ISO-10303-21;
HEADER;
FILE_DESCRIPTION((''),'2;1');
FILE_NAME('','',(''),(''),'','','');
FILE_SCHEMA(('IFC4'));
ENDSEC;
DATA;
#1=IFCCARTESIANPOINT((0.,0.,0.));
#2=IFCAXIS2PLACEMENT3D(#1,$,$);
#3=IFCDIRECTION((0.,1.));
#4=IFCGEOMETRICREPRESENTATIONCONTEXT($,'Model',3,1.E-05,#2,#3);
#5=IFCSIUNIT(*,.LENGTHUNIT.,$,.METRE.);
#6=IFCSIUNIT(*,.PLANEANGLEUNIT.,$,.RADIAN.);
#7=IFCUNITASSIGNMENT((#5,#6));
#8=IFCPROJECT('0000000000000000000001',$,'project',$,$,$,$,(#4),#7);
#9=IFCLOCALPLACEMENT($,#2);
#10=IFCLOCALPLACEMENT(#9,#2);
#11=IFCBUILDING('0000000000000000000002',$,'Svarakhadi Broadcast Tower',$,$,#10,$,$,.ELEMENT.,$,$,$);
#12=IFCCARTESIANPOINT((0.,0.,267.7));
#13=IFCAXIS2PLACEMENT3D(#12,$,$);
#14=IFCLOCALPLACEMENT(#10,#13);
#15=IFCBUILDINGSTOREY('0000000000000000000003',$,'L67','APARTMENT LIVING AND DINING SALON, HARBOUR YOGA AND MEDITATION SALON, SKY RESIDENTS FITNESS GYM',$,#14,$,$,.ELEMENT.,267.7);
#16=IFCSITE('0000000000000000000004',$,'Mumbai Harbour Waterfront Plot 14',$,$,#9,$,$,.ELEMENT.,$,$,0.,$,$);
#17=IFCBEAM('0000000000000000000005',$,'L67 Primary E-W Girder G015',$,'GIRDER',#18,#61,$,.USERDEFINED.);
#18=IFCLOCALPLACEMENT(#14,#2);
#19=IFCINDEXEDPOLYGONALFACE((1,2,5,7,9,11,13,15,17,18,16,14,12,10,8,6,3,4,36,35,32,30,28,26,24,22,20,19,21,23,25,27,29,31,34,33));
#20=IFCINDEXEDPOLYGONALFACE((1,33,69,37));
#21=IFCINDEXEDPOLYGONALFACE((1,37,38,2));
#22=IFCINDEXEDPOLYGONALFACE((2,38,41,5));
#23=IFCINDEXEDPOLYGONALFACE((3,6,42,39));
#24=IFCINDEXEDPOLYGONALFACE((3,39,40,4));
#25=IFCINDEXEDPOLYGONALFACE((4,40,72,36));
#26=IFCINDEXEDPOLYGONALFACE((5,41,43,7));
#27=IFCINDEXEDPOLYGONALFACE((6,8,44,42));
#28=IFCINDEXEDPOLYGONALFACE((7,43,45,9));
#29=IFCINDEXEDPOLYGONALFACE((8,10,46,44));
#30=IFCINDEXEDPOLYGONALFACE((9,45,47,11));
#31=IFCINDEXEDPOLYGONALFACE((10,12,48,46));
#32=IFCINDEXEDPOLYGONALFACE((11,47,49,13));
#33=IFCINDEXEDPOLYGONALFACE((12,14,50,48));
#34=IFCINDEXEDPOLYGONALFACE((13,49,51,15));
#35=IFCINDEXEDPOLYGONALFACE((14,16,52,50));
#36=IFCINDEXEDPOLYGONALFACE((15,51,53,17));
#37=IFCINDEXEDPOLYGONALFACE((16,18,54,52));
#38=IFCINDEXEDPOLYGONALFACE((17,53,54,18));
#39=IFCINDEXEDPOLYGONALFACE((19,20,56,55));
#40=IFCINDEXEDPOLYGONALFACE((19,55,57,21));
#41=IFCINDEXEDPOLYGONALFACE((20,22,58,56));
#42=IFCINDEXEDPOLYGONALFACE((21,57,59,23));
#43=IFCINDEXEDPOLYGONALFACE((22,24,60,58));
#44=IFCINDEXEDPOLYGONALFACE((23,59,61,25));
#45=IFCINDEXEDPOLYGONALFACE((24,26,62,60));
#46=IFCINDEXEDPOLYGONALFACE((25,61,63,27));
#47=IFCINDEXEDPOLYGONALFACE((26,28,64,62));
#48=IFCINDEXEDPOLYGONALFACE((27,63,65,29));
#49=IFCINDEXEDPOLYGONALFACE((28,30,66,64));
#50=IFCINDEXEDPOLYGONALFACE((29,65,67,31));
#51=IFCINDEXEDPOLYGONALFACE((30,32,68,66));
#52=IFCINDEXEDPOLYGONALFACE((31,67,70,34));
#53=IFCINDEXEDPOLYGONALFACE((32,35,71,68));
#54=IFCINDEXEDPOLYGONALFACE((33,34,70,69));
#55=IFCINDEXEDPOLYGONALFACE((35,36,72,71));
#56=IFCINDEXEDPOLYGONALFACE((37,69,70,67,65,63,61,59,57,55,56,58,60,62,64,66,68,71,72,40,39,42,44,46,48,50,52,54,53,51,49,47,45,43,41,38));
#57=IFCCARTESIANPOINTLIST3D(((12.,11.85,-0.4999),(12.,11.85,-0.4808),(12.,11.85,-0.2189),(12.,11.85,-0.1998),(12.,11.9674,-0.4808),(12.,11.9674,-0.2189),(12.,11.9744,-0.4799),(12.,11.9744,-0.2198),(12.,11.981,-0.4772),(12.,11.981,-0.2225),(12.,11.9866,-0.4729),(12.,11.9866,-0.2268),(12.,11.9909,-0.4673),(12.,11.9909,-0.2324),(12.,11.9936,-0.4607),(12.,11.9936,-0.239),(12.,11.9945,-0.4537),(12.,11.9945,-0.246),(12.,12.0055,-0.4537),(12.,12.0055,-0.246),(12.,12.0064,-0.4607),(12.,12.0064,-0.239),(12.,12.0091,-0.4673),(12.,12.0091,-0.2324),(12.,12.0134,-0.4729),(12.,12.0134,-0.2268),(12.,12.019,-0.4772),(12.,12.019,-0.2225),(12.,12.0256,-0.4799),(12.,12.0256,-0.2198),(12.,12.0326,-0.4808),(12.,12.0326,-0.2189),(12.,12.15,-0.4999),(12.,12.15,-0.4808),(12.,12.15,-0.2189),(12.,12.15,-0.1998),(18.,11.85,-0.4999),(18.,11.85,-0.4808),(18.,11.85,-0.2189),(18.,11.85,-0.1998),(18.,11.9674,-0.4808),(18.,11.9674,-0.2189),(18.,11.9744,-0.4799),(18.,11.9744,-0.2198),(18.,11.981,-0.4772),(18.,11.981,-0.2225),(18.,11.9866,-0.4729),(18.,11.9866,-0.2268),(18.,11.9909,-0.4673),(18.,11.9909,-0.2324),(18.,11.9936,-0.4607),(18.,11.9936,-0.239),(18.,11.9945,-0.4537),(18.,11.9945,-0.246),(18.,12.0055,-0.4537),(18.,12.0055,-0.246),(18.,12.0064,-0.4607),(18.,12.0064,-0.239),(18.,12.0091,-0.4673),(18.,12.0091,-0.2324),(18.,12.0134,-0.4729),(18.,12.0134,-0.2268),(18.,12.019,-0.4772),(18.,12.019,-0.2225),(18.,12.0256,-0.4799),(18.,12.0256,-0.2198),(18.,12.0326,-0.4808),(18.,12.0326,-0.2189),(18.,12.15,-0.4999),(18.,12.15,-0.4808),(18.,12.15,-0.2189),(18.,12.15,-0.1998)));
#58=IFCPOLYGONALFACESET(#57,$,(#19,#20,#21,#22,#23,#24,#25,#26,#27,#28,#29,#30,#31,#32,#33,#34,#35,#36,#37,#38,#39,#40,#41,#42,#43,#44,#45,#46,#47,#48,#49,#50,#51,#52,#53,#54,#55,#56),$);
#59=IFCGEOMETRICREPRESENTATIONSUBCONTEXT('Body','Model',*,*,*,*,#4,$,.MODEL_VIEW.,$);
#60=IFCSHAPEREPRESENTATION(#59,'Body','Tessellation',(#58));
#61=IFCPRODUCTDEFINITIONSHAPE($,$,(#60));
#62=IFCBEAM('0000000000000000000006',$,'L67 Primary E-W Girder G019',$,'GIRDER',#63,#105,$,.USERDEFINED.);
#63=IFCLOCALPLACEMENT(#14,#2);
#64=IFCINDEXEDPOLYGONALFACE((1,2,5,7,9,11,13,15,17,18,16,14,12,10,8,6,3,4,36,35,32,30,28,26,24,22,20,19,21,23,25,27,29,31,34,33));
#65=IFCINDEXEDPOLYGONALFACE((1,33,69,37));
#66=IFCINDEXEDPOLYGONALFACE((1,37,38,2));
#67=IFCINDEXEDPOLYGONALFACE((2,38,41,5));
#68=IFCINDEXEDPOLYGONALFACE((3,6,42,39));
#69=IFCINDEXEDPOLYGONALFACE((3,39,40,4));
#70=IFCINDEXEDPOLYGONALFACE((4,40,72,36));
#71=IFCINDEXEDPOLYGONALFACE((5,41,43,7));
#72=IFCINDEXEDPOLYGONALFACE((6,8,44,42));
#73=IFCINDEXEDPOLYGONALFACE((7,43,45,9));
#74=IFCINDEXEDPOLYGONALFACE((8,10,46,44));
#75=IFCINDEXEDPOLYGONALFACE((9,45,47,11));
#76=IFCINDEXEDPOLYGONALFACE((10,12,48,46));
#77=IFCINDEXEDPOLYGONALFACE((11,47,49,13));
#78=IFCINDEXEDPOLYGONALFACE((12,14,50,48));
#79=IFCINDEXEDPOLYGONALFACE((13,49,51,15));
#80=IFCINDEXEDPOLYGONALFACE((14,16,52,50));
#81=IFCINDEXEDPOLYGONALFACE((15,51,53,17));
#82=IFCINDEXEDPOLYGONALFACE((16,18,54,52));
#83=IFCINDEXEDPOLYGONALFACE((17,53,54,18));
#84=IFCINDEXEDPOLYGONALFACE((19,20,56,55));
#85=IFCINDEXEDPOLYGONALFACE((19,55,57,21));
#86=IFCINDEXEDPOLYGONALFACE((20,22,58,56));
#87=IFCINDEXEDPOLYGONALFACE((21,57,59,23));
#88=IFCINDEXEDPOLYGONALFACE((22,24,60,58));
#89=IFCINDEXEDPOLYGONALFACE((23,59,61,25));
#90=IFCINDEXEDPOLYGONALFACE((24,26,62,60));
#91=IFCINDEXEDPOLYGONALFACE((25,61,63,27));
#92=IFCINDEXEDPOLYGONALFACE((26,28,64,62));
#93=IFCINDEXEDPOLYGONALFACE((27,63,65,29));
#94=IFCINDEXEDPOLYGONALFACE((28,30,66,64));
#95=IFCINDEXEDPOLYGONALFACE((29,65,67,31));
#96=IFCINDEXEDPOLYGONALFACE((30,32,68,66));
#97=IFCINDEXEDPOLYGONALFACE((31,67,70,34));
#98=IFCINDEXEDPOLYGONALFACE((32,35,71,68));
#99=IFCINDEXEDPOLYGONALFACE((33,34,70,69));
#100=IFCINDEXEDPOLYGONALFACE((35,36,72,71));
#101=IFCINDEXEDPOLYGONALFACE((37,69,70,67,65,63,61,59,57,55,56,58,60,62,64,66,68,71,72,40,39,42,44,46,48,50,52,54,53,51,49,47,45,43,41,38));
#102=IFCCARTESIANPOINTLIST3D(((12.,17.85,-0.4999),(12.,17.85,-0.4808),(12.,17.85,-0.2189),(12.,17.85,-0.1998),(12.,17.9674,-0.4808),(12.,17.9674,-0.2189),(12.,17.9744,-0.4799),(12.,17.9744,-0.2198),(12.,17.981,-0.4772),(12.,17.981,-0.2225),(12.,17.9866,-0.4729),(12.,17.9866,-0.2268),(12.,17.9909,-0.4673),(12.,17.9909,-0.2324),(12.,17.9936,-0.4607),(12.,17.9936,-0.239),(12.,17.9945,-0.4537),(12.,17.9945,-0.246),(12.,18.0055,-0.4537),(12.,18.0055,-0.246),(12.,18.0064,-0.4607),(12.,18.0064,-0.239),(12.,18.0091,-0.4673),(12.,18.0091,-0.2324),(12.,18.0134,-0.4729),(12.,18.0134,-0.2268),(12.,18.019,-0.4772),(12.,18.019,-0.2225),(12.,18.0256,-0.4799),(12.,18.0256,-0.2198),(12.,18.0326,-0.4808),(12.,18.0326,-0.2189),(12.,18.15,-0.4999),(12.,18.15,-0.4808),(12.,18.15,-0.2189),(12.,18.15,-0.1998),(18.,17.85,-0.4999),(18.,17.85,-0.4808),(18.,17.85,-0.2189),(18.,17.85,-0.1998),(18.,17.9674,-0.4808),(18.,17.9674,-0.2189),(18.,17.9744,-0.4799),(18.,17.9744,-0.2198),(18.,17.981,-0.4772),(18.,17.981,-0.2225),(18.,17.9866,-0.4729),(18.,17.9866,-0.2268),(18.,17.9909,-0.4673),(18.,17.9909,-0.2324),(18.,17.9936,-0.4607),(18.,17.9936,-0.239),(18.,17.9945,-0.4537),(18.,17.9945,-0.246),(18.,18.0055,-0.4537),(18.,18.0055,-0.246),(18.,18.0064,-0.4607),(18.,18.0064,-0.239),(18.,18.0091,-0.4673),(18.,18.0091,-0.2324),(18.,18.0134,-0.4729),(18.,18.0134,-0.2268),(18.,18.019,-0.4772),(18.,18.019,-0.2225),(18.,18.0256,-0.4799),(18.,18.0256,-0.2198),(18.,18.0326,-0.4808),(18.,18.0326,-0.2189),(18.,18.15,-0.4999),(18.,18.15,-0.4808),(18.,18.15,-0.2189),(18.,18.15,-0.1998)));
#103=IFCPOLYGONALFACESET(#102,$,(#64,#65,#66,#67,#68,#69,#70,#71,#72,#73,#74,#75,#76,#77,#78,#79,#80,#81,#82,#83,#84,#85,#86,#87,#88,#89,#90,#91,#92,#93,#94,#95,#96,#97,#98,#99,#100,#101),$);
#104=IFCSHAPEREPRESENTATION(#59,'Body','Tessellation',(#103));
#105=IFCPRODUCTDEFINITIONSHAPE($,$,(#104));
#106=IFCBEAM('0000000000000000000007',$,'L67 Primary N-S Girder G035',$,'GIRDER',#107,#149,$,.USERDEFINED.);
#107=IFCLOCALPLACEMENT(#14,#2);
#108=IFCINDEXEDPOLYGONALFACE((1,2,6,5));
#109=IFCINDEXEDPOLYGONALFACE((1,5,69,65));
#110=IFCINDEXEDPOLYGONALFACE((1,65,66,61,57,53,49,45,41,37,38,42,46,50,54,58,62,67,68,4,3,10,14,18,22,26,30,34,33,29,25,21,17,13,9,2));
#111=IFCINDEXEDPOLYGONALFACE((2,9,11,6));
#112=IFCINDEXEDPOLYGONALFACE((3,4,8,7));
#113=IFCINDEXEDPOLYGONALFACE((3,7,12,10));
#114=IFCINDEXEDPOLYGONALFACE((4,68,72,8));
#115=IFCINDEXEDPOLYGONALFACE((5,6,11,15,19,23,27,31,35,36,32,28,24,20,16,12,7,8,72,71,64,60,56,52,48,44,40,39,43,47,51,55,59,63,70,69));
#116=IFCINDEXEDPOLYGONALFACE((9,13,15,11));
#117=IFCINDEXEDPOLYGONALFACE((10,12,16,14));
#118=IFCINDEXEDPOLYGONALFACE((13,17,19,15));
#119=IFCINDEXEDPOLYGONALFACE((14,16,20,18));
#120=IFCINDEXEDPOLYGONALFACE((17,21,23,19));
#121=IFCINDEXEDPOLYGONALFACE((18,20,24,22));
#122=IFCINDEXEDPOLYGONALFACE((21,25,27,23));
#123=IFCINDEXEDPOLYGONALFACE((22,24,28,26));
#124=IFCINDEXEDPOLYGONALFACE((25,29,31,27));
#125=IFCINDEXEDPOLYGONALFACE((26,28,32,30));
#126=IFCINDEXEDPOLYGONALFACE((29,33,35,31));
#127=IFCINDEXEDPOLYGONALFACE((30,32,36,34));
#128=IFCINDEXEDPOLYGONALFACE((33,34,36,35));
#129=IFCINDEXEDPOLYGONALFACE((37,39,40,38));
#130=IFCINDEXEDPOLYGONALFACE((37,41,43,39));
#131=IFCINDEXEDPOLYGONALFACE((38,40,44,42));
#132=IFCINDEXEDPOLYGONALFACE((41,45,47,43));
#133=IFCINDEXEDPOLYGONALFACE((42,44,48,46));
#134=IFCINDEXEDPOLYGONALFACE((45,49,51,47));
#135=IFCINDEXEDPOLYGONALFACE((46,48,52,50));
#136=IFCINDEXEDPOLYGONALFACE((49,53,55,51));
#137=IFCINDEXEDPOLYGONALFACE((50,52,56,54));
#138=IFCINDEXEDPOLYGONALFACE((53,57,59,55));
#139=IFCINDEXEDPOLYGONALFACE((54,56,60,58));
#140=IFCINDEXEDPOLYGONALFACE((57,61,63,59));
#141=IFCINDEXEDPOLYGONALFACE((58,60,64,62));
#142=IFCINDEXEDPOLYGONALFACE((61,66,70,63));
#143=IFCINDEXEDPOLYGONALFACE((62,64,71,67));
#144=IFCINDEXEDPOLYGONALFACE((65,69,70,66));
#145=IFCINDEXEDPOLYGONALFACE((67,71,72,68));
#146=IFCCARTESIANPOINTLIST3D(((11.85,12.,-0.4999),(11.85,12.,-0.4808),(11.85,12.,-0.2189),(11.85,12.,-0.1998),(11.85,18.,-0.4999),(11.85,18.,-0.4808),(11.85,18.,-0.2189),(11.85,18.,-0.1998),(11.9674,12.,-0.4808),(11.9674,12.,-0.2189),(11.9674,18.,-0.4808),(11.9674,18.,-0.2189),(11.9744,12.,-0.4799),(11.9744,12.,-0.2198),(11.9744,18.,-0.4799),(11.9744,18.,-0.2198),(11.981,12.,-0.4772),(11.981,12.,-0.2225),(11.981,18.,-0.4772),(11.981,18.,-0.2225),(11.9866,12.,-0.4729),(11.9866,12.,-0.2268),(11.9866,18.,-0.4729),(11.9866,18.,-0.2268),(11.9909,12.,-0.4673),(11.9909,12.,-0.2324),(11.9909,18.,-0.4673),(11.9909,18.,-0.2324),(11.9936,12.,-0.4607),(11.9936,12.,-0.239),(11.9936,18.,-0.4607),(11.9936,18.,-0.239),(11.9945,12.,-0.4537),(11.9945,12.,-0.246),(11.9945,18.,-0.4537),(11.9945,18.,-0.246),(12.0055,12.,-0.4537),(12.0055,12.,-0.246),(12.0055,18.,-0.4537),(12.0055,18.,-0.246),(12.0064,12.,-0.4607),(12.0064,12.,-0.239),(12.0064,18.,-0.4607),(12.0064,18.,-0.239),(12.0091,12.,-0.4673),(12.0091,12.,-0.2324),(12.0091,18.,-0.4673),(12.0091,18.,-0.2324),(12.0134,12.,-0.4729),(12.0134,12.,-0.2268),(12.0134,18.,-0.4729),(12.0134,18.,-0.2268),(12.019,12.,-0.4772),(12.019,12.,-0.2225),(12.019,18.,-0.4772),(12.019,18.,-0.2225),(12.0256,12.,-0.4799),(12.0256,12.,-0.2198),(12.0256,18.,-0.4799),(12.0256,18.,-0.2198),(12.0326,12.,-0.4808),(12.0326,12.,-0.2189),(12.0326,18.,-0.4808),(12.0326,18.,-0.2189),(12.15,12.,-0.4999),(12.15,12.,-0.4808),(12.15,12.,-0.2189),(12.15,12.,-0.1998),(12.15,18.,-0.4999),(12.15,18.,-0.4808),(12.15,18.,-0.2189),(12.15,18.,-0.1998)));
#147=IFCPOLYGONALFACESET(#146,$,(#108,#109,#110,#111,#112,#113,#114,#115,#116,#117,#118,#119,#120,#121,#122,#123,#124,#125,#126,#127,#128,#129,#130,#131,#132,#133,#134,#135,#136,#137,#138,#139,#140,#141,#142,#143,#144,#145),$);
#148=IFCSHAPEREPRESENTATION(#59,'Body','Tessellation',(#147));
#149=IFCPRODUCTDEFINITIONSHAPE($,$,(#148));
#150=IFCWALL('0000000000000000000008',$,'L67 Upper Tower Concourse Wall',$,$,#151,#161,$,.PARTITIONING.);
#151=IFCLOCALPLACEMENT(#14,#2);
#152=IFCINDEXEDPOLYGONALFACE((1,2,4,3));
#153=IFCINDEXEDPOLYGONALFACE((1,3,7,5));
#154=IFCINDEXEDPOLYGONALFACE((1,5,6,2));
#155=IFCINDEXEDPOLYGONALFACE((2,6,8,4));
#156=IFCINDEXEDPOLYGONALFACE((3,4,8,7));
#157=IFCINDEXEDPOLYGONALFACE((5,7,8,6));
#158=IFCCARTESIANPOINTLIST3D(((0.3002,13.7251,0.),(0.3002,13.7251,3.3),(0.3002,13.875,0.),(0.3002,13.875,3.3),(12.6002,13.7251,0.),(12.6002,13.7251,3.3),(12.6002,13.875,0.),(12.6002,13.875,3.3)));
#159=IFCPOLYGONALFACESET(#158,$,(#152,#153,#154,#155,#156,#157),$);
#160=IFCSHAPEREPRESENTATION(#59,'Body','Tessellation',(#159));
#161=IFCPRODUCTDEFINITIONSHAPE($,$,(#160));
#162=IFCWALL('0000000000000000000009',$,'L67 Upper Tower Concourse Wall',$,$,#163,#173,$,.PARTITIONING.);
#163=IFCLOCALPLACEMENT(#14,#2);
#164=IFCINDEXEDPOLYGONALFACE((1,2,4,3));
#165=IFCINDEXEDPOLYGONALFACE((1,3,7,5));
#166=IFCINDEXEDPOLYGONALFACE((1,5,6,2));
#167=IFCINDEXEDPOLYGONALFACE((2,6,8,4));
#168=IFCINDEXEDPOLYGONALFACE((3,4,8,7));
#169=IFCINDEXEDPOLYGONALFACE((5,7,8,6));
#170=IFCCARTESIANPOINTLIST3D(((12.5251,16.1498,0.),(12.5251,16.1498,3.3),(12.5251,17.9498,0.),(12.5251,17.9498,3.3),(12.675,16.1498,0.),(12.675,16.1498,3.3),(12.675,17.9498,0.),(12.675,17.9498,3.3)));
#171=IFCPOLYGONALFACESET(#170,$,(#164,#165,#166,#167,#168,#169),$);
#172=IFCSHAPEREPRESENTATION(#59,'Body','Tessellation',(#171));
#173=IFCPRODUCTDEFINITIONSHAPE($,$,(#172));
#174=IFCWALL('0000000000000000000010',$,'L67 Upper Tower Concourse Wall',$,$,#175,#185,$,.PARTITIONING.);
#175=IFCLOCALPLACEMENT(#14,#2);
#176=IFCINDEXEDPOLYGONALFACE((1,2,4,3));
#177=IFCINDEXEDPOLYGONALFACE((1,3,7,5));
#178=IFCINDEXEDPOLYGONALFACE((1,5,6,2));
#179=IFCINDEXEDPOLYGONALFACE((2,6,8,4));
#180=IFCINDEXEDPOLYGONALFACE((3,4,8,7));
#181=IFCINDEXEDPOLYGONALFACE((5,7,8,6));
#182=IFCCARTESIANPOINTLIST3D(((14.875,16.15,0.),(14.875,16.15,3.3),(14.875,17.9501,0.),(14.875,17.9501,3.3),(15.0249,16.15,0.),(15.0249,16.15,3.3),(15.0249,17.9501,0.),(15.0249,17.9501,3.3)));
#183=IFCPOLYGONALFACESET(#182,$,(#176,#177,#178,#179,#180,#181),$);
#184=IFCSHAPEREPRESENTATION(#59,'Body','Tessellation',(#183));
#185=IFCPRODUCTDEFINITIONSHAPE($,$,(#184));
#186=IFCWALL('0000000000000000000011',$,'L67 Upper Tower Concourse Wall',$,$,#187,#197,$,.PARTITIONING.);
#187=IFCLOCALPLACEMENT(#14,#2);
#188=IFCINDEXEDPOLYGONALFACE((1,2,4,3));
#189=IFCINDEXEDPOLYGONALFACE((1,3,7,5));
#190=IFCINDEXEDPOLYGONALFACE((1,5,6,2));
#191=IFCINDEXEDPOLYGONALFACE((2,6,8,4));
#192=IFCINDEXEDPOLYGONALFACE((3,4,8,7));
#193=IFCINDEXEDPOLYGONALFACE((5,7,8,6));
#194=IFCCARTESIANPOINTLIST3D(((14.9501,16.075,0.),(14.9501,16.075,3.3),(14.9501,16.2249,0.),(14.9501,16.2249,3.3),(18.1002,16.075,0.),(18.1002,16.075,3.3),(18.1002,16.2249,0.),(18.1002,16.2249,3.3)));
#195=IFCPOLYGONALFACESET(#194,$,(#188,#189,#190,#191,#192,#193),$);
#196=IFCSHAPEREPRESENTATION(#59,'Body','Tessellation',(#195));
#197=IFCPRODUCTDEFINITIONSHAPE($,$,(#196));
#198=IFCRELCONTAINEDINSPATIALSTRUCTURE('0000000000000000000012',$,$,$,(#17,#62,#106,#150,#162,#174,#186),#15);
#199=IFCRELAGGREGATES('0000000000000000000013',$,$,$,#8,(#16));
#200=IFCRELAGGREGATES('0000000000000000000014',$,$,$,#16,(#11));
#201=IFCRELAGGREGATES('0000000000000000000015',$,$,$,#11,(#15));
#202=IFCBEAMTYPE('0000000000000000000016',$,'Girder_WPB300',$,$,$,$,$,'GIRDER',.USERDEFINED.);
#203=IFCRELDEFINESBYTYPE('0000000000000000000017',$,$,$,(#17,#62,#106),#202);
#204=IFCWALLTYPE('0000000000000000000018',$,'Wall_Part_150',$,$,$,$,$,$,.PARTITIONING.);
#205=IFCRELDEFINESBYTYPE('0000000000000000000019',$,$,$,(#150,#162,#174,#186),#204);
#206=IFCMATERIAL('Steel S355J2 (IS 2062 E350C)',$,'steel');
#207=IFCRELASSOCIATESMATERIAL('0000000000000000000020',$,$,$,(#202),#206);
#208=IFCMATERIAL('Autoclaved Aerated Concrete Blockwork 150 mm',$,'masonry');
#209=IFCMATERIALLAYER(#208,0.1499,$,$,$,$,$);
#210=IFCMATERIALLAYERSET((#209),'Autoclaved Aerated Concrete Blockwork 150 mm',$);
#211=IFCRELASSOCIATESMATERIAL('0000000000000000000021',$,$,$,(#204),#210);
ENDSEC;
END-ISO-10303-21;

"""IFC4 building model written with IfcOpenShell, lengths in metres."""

from ifc_helpers import new_model, si_unit, direction, frame, frame_2d, origin, origin_2d, place, context, subcontext, project, spatial, rectangle, i_section, extrude, material, layer, layer_set, material_profile, profile_set, type_object, element, save


model = new_model("IFC4")

# Units and contexts
model_context = context("Model", 3, precision=1e-05, world=origin(), true_north=direction((0.0, 1.0)))
body_context = subcontext(model_context, "Body", "Model", "MODEL_VIEW")
ifc_project = project(units=[si_unit("LENGTHUNIT", "METRE"), si_unit("PLANEANGLEUNIT", "RADIAN")], contexts=[model_context])

# Site, building, storey
site_placement = place(None, origin())
site = spatial("IfcSite", under=ifc_project, at=site_placement, Name="Mumbai Harbour Waterfront Plot 14", CompositionType="ELEMENT", RefElevation=0.0)
building_placement = place(site_placement, origin())
building = spatial("IfcBuilding", under=site, at=building_placement, Name="Svarakhadi Broadcast Tower", CompositionType="ELEMENT")
storey_placement = place(building_placement, frame((0.0, 0.0, 267.7)))
storey = spatial("IfcBuildingStorey", under=building, at=storey_placement, Name="L67", Description="APARTMENT LIVING AND DINING SALON, HARBOUR YOGA AND MEDITATION SALON, SKY RESIDENTS FITNESS GYM", CompositionType="ELEMENT", Elevation=267.7)

# Beams
ifc_material_1 = material(Name="Steel S355J2 (IS 2062 E350C)", Category="steel")
ifc_material_profile_1 = material_profile(ifc_material_1, i_section(OverallWidth=0.3, OverallDepth=0.3, WebThickness=0.011, FlangeThickness=0.019, FilletRadius=0.0271, at=origin_2d()), Name="WPB 300x300x117")
ifc_profile_set_1 = profile_set([ifc_material_profile_1], Name="Steel S355J2 (IS 2062 E350C)")
beam_type_1 = type_object("IfcBeamType", Name="Girder_WPB300", ElementType="GIRDER", PredefinedType="USERDEFINED", material=ifc_profile_set_1)
for number, where, z_axis, x_axis, name in (
    (1, (12.0, 12.0, -0.3499), (1.0, 0.0, 0.0), (0.0, 1.0, 0.0), "L67 Primary E-W Girder G015"),
    (2, (12.0, 18.0, -0.3499), (1.0, 0.0, 0.0), (0.0, 1.0, 0.0), "L67 Primary E-W Girder G019"),
    (3, (12.0, 12.0, -0.3499), (0.0, 1.0, 0.0), (-1.0, 0.0, 0.0), "L67 Primary N-S Girder G035"),
):
    element("IfcBeam", number, at=place(storey_placement, frame(where, z_axis=z_axis, x_axis=x_axis)), inside=storey, type_object=beam_type_1, Name=name, ObjectType="GIRDER", PredefinedType="USERDEFINED", context=body_context, shape_type="SweptSolid", body=[
        extrude(i_section(OverallWidth=0.3, OverallDepth=0.3, WebThickness=0.011, FlangeThickness=0.019, FilletRadius=0.0271, at=origin_2d()), origin(), (0.0, 0.0, 1.0), 6.0),
    ])

# Walls
ifc_material_2 = material(Name="Autoclaved Aerated Concrete Blockwork 150 mm", Category="masonry")
ifc_layer_1 = layer(ifc_material_2, 0.1499)
ifc_layer_set_1 = layer_set([ifc_layer_1], Name="Autoclaved Aerated Concrete Blockwork 150 mm")
wall_type_1 = type_object("IfcWallType", Name="Wall_Part_150", PredefinedType="PARTITIONING", material=ifc_layer_set_1)
wall_1_placement = place(storey_placement, frame((12.6001, 13.8, 0.0), z_axis=(0.0, 0.0, 1.0), x_axis=(-1.0, 0.0, 0.0)))
element("IfcWall", 4, at=wall_1_placement, inside=storey, type_object=wall_type_1, Name="L67 Upper Tower Concourse Wall", PredefinedType="PARTITIONING", context=body_context, shape_type="SweptSolid", body=[
    extrude(rectangle(XDim=12.3, YDim=0.1499, at=frame_2d((6.1499, 0.0))), origin(), (0.0, 0.0, 1.0), 3.3),
])
for number, where, z_axis, x_axis, name in (
    (5, (12.6001, 16.1499, 0.0), (0.0, 0.0, 1.0), (0.0, 1.0, 0.0), "L67 Upper Tower Concourse Wall"),
    (6, (14.95, 17.95, 0.0), (0.0, 0.0, 1.0), (0.0, -1.0, 0.0), "L67 Upper Tower Concourse Wall"),
):
    element("IfcWall", number, at=place(storey_placement, frame(where, z_axis=z_axis, x_axis=x_axis)), inside=storey, type_object=wall_type_1, Name=name, PredefinedType="PARTITIONING", context=body_context, shape_type="SweptSolid", body=[
        extrude(rectangle(XDim=1.8, YDim=0.1499, at=frame_2d((0.8999, 0.0))), origin(), (0.0, 0.0, 1.0), 3.3),
    ])
wall_2_placement = place(storey_placement, frame((14.95, 16.1499, 0.0), z_axis=(0.0, 0.0, 1.0), x_axis=(1.0, 0.0, 0.0)))
element("IfcWall", 7, at=wall_2_placement, inside=storey, type_object=wall_type_1, Name="L67 Upper Tower Concourse Wall", PredefinedType="PARTITIONING", context=body_context, shape_type="SweptSolid", body=[
    extrude(rectangle(XDim=3.1501, YDim=0.1499, at=frame_2d((1.5752, 0.0))), origin(), (0.0, 0.0, 1.0), 3.3),
])

save(model, "model.ifc")
